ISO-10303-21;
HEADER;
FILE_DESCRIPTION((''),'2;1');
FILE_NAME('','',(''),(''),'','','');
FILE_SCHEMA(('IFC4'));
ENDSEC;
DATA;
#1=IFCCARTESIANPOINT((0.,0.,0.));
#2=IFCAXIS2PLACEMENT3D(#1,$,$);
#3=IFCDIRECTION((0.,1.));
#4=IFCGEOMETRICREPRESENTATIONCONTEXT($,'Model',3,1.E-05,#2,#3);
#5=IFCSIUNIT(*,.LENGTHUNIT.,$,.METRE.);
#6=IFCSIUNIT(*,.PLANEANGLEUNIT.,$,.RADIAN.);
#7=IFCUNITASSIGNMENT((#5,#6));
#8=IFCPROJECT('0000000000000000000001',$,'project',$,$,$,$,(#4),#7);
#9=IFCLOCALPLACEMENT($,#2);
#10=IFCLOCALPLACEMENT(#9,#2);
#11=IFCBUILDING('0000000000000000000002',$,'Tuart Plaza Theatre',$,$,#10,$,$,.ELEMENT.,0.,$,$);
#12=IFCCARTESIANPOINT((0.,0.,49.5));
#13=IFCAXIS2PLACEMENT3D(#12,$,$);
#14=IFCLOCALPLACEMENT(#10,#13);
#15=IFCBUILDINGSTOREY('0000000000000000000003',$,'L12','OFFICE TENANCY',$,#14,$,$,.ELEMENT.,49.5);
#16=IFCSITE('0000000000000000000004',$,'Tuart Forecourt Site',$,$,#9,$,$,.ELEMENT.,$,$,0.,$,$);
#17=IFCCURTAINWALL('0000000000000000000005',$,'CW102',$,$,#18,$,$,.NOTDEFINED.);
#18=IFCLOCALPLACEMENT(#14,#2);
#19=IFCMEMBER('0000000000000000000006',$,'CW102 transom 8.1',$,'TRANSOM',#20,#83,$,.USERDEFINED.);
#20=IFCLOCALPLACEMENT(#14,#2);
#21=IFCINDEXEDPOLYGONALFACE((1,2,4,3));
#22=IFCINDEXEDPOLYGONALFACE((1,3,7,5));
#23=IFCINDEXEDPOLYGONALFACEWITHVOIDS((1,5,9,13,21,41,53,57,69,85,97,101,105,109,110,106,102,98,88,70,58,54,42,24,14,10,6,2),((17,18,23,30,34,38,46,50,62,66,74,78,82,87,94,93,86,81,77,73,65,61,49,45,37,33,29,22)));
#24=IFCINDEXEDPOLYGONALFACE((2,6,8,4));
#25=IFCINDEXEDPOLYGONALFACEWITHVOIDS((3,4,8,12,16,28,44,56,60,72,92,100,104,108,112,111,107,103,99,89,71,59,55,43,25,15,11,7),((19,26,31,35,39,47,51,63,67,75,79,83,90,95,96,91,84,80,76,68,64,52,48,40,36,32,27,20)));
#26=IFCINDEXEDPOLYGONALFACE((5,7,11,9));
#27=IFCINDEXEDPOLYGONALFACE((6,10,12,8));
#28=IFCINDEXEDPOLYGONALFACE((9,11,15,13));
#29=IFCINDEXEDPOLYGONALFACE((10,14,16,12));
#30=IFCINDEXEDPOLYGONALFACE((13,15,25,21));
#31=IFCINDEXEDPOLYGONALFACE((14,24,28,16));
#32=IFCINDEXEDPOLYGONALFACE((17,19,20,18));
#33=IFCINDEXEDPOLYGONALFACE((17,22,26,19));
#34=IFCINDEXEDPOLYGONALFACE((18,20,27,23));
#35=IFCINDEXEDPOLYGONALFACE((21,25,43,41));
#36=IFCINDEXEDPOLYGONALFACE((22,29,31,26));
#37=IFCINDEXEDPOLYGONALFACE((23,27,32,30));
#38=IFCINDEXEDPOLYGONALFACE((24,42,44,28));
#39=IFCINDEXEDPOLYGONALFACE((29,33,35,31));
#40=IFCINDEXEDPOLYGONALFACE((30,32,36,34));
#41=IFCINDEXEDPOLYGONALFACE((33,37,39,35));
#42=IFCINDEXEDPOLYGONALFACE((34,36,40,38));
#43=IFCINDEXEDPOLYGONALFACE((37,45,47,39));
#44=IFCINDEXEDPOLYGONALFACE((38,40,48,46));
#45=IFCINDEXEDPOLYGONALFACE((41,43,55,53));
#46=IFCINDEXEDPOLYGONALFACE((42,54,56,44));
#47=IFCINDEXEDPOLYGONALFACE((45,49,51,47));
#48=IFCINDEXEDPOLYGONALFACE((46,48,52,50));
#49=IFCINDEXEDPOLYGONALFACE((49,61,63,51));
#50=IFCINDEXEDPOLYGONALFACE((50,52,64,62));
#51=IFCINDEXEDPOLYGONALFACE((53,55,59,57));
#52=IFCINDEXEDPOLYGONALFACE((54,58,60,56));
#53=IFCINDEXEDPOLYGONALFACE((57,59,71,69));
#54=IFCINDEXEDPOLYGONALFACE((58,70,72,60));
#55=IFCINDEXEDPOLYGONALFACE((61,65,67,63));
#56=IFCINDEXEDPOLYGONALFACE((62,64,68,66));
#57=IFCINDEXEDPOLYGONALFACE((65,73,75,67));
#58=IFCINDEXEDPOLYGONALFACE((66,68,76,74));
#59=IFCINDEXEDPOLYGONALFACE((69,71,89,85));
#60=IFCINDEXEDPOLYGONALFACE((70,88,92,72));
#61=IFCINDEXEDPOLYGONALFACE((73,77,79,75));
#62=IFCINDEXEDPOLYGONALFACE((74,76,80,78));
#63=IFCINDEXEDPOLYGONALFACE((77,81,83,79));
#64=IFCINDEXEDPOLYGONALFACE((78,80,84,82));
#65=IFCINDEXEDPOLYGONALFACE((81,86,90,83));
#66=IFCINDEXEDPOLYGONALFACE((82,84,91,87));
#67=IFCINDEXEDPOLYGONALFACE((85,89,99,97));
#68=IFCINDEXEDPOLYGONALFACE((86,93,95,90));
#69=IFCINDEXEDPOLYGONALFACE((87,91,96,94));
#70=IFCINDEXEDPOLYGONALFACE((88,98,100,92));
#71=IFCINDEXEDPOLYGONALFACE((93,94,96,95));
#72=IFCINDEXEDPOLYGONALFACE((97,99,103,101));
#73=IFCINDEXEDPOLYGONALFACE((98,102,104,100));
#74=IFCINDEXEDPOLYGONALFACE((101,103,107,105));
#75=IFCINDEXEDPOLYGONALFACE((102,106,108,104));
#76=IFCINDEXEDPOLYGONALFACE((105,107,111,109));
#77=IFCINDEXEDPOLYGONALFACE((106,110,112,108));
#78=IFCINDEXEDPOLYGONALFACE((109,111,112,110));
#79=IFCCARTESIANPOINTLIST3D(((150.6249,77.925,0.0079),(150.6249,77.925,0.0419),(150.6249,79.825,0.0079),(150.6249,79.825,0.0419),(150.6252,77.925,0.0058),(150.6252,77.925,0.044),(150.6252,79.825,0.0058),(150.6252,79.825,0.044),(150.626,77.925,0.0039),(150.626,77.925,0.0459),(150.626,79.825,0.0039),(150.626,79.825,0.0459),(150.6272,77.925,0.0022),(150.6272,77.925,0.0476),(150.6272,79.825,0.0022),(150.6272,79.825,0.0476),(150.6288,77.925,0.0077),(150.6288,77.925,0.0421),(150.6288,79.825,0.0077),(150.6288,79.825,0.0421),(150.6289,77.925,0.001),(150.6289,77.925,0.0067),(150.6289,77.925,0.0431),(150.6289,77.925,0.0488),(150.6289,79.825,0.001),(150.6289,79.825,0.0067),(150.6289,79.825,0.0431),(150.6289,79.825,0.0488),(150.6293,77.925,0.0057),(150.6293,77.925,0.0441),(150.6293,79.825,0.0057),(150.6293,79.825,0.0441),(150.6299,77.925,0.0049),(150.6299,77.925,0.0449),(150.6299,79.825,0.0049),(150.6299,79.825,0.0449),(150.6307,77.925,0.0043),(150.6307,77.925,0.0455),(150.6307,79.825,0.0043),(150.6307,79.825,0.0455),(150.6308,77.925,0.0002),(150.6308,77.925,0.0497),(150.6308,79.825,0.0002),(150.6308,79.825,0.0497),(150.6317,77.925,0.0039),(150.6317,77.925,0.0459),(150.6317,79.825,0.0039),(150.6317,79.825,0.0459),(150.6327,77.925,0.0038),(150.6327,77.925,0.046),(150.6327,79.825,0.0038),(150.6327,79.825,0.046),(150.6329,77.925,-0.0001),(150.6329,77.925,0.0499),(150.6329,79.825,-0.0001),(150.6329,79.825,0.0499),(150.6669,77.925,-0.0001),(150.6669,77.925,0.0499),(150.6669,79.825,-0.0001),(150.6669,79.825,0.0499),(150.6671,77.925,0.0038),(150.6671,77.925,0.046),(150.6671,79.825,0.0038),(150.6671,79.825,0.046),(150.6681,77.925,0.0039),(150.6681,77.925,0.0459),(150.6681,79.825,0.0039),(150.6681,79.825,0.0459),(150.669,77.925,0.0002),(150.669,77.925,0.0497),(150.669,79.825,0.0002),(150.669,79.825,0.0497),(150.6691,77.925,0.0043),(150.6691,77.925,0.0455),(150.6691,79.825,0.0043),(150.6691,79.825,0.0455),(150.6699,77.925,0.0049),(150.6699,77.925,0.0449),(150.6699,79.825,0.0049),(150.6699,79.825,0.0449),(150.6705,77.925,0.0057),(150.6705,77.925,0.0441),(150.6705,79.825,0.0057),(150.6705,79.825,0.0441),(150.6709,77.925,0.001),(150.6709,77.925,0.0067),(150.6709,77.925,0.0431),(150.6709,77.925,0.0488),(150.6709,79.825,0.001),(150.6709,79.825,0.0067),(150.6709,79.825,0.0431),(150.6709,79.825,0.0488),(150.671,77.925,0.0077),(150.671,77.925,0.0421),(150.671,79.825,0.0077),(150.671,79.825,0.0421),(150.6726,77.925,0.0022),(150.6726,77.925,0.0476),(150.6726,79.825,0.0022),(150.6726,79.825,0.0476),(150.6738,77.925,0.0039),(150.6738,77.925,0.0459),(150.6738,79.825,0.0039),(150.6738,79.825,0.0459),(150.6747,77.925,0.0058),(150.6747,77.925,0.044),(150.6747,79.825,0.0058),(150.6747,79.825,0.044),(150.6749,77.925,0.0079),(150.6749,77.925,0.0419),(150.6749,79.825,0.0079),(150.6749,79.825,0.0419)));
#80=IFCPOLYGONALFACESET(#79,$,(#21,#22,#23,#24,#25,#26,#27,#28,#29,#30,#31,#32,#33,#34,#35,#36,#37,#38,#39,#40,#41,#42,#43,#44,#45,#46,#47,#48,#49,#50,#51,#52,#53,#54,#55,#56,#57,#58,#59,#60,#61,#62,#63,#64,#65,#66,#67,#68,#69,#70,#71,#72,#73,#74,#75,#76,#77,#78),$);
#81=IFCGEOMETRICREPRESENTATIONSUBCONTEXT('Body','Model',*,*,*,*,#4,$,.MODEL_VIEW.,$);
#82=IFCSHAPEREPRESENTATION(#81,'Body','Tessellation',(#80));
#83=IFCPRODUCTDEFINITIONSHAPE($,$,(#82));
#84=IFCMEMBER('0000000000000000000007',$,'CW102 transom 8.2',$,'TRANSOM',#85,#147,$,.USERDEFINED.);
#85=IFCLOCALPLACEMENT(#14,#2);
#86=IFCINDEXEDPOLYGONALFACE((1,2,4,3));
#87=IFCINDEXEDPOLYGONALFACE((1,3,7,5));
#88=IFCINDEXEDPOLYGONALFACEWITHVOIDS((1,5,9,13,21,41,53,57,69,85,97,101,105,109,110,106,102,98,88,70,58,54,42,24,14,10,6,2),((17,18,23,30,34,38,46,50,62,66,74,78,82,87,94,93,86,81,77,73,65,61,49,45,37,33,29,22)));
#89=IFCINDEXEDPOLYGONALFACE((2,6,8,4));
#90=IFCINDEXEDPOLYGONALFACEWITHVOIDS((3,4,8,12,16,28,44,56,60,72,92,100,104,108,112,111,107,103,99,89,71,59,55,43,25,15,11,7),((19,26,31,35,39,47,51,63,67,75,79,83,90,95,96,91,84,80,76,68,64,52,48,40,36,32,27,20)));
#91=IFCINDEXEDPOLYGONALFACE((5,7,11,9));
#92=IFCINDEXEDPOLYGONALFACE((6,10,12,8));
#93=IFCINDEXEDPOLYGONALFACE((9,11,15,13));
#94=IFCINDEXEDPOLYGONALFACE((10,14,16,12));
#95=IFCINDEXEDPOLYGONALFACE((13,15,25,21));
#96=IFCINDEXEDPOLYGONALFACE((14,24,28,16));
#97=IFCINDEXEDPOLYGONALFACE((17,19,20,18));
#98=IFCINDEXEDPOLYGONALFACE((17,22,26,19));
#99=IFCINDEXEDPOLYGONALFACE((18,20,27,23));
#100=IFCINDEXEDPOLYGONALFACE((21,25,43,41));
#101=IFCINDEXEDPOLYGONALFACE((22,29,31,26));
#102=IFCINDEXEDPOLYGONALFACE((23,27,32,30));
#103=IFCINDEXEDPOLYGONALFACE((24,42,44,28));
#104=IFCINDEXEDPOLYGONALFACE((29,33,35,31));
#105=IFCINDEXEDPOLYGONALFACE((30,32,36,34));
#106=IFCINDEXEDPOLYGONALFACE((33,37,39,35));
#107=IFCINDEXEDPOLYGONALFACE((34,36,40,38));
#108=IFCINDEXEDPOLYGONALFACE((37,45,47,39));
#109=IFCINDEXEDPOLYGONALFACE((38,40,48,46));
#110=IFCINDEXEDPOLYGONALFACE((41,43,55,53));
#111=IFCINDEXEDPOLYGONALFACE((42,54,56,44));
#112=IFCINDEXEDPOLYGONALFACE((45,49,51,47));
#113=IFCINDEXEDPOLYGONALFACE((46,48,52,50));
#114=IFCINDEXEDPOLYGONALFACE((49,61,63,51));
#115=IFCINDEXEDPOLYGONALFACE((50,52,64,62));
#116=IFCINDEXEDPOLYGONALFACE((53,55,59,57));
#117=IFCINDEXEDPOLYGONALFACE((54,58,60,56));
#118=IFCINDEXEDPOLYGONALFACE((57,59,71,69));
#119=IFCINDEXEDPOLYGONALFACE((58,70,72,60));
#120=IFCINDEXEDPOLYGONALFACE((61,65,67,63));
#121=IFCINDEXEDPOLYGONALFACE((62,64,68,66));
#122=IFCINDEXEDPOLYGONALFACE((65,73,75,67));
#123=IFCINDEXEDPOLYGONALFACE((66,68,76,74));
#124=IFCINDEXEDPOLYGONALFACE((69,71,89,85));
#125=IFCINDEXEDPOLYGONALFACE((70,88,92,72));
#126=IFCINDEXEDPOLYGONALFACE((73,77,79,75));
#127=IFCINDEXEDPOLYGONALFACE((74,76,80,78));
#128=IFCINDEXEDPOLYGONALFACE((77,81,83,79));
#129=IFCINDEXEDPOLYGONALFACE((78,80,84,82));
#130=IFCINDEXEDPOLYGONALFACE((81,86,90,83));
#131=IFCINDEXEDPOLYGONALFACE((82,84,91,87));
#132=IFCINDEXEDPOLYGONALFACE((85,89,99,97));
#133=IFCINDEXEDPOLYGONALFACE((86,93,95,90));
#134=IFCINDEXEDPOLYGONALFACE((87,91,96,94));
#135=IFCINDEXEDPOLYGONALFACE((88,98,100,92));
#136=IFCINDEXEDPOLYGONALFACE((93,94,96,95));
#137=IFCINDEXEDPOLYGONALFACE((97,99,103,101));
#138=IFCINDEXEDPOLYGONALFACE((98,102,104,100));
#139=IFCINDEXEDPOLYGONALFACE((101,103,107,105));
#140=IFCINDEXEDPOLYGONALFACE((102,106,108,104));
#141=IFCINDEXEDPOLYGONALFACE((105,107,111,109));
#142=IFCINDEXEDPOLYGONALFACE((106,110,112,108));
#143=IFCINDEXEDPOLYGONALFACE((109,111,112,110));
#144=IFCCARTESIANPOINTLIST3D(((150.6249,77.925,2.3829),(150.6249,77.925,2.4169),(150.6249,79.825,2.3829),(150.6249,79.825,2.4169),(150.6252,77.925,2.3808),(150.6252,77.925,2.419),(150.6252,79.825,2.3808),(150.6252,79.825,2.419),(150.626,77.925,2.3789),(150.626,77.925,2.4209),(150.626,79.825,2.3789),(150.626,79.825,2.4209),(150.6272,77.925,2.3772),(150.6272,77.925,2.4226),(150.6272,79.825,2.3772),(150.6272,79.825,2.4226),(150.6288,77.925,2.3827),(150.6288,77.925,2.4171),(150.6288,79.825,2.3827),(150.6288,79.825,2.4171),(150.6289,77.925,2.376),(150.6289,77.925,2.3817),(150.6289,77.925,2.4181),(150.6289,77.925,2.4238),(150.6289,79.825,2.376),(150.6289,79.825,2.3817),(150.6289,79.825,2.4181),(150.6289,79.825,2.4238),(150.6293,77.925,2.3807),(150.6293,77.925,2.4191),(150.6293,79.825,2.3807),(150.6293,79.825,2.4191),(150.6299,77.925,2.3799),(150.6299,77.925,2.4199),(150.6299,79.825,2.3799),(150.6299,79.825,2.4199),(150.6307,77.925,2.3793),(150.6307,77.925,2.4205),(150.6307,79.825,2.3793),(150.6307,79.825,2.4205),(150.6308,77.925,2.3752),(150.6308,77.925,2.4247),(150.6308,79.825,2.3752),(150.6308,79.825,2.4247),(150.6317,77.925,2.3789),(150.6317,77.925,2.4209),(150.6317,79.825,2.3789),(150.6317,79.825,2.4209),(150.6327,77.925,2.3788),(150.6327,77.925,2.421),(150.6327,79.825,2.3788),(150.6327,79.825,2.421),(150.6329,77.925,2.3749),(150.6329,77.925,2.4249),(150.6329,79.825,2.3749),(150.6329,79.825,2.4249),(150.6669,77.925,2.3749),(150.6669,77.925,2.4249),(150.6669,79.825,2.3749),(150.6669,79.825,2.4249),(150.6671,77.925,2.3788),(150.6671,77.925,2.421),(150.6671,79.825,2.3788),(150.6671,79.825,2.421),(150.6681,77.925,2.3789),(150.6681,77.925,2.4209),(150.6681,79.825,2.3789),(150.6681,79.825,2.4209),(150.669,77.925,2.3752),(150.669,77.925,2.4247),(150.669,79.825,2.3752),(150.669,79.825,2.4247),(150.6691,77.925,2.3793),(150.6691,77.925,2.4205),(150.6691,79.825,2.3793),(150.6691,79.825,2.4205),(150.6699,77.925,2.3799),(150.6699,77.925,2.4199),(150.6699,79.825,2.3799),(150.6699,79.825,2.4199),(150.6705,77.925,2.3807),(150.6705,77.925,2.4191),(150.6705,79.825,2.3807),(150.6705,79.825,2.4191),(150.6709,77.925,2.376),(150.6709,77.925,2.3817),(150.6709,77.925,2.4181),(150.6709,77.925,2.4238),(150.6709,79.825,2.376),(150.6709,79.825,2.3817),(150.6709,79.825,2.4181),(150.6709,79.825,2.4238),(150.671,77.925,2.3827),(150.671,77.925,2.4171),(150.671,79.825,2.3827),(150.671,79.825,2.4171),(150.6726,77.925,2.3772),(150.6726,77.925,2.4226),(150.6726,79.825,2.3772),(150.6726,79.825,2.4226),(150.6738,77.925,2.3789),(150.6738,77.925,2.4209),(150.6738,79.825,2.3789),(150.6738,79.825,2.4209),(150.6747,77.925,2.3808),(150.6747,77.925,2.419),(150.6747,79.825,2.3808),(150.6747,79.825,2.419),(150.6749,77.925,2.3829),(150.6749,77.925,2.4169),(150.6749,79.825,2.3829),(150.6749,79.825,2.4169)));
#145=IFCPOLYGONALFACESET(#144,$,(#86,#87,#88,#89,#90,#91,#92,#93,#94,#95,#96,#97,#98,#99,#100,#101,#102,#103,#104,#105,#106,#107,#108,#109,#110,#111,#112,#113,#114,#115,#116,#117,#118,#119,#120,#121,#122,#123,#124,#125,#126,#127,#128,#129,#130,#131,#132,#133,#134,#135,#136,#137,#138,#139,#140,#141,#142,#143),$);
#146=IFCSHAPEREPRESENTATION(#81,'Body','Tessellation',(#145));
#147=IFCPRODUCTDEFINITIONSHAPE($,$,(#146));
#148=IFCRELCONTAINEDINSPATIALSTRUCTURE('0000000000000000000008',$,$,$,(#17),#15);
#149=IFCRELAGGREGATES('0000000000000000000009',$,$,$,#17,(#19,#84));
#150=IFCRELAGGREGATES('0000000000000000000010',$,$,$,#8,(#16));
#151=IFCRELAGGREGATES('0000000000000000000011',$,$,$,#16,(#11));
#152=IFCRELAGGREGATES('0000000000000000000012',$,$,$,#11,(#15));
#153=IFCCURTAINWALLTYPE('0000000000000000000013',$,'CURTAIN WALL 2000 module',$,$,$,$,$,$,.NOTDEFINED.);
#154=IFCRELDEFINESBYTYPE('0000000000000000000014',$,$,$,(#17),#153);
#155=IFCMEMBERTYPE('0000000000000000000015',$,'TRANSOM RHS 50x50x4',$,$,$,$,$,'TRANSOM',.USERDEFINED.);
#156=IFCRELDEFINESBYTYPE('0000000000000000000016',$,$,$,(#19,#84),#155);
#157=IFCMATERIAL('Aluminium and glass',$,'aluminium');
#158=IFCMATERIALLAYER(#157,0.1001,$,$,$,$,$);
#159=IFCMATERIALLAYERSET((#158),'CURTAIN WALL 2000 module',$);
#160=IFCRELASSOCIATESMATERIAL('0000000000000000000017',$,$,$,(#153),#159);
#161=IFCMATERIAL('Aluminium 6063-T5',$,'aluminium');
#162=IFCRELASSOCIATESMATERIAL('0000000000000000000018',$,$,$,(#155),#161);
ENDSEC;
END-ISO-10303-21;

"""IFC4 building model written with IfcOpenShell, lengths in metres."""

from ifc_helpers import new_model, si_unit, direction, frame, origin, origin_2d, place, context, subcontext, project, spatial, hollow_rectangle, extrude, material, layer, layer_set, material_profile, profile_set, type_object, element, aggregate, save


model = new_model("IFC4")

# Units and contexts
model_context = context("Model", 3, precision=1e-05, world=origin(), true_north=direction((0.0, 1.0)))
body_context = subcontext(model_context, "Body", "Model", "MODEL_VIEW")
ifc_project = project(units=[si_unit("LENGTHUNIT", "METRE"), si_unit("PLANEANGLEUNIT", "RADIAN")], contexts=[model_context])

# Site, building, storey
site_placement = place(None, origin())
site = spatial("IfcSite", under=ifc_project, at=site_placement, Name="Tuart Forecourt Site", CompositionType="ELEMENT", RefElevation=0.0)
building_placement = place(site_placement, origin())
building = spatial("IfcBuilding", under=site, at=building_placement, Name="Tuart Plaza Theatre", CompositionType="ELEMENT", ElevationOfRefHeight=0.0)
storey_placement = place(building_placement, frame((0.0, 0.0, 49.5)))
storey = spatial("IfcBuildingStorey", under=building, at=storey_placement, Name="L12", Description="OFFICE TENANCY", CompositionType="ELEMENT", Elevation=49.5)

# Curtain wall, members
ifc_material_1 = material(Name="Aluminium and glass", Category="aluminium")
ifc_layer_1 = layer(ifc_material_1, 0.1001)
ifc_layer_set_1 = layer_set([ifc_layer_1], Name="CURTAIN WALL 2000 module")
curtain_wall_type = type_object("IfcCurtainWallType", Name="CURTAIN WALL 2000 module", PredefinedType="NOTDEFINED", material=ifc_layer_set_1)
curtain_wall_placement = place(storey_placement, origin())
curtain_wall = element("IfcCurtainWall", 1, at=curtain_wall_placement, inside=storey, type_object=curtain_wall_type, Name="CW102", PredefinedType="NOTDEFINED")
ifc_material_2 = material(Name="Aluminium 6063-T5", Category="aluminium")
ifc_material_profile_1 = material_profile(ifc_material_2, hollow_rectangle(XDim=0.05, YDim=0.05, WallThickness=0.0039, InnerFilletRadius=0.0039, OuterFilletRadius=0.0081, at=origin_2d()), Name="RHS 50x50x4")
ifc_profile_set_1 = profile_set([ifc_material_profile_1], Name="Aluminium 6063-T5")
member_type_1 = type_object("IfcMemberType", Name="TRANSOM RHS 50x50x4", ElementType="TRANSOM", PredefinedType="USERDEFINED", material=ifc_profile_set_1)
member_1_placement = place(storey_placement, frame((150.6499, 77.925, 0.0249), z_axis=(0.0, 1.0, 0.0), x_axis=(-1.0, 0.0, 0.0)))
member_1 = element("IfcMember", 2, at=member_1_placement, type_object=member_type_1, Name="CW102 transom 8.1", ObjectType="TRANSOM", PredefinedType="USERDEFINED", context=body_context, shape_type="SweptSolid", body=[
    extrude(hollow_rectangle(XDim=0.05, YDim=0.05, WallThickness=0.0039, InnerFilletRadius=0.0039, OuterFilletRadius=0.0081, at=origin_2d()), origin(), (0.0, 0.0, 1.0), 1.8999),
])
member_2_placement = place(storey_placement, frame((150.6499, 77.925, 2.3999), z_axis=(0.0, 1.0, 0.0), x_axis=(-1.0, 0.0, 0.0)))
member_2 = element("IfcMember", 3, at=member_2_placement, type_object=member_type_1, Name="CW102 transom 8.2", ObjectType="TRANSOM", PredefinedType="USERDEFINED", context=body_context, shape_type="SweptSolid", body=[
    extrude(hollow_rectangle(XDim=0.05, YDim=0.05, WallThickness=0.0039, InnerFilletRadius=0.0039, OuterFilletRadius=0.0081, at=origin_2d()), origin(), (0.0, 0.0, 1.0), 1.8999),
])
aggregate(curtain_wall, [member_1, member_2])

save(model, "model.ifc")
